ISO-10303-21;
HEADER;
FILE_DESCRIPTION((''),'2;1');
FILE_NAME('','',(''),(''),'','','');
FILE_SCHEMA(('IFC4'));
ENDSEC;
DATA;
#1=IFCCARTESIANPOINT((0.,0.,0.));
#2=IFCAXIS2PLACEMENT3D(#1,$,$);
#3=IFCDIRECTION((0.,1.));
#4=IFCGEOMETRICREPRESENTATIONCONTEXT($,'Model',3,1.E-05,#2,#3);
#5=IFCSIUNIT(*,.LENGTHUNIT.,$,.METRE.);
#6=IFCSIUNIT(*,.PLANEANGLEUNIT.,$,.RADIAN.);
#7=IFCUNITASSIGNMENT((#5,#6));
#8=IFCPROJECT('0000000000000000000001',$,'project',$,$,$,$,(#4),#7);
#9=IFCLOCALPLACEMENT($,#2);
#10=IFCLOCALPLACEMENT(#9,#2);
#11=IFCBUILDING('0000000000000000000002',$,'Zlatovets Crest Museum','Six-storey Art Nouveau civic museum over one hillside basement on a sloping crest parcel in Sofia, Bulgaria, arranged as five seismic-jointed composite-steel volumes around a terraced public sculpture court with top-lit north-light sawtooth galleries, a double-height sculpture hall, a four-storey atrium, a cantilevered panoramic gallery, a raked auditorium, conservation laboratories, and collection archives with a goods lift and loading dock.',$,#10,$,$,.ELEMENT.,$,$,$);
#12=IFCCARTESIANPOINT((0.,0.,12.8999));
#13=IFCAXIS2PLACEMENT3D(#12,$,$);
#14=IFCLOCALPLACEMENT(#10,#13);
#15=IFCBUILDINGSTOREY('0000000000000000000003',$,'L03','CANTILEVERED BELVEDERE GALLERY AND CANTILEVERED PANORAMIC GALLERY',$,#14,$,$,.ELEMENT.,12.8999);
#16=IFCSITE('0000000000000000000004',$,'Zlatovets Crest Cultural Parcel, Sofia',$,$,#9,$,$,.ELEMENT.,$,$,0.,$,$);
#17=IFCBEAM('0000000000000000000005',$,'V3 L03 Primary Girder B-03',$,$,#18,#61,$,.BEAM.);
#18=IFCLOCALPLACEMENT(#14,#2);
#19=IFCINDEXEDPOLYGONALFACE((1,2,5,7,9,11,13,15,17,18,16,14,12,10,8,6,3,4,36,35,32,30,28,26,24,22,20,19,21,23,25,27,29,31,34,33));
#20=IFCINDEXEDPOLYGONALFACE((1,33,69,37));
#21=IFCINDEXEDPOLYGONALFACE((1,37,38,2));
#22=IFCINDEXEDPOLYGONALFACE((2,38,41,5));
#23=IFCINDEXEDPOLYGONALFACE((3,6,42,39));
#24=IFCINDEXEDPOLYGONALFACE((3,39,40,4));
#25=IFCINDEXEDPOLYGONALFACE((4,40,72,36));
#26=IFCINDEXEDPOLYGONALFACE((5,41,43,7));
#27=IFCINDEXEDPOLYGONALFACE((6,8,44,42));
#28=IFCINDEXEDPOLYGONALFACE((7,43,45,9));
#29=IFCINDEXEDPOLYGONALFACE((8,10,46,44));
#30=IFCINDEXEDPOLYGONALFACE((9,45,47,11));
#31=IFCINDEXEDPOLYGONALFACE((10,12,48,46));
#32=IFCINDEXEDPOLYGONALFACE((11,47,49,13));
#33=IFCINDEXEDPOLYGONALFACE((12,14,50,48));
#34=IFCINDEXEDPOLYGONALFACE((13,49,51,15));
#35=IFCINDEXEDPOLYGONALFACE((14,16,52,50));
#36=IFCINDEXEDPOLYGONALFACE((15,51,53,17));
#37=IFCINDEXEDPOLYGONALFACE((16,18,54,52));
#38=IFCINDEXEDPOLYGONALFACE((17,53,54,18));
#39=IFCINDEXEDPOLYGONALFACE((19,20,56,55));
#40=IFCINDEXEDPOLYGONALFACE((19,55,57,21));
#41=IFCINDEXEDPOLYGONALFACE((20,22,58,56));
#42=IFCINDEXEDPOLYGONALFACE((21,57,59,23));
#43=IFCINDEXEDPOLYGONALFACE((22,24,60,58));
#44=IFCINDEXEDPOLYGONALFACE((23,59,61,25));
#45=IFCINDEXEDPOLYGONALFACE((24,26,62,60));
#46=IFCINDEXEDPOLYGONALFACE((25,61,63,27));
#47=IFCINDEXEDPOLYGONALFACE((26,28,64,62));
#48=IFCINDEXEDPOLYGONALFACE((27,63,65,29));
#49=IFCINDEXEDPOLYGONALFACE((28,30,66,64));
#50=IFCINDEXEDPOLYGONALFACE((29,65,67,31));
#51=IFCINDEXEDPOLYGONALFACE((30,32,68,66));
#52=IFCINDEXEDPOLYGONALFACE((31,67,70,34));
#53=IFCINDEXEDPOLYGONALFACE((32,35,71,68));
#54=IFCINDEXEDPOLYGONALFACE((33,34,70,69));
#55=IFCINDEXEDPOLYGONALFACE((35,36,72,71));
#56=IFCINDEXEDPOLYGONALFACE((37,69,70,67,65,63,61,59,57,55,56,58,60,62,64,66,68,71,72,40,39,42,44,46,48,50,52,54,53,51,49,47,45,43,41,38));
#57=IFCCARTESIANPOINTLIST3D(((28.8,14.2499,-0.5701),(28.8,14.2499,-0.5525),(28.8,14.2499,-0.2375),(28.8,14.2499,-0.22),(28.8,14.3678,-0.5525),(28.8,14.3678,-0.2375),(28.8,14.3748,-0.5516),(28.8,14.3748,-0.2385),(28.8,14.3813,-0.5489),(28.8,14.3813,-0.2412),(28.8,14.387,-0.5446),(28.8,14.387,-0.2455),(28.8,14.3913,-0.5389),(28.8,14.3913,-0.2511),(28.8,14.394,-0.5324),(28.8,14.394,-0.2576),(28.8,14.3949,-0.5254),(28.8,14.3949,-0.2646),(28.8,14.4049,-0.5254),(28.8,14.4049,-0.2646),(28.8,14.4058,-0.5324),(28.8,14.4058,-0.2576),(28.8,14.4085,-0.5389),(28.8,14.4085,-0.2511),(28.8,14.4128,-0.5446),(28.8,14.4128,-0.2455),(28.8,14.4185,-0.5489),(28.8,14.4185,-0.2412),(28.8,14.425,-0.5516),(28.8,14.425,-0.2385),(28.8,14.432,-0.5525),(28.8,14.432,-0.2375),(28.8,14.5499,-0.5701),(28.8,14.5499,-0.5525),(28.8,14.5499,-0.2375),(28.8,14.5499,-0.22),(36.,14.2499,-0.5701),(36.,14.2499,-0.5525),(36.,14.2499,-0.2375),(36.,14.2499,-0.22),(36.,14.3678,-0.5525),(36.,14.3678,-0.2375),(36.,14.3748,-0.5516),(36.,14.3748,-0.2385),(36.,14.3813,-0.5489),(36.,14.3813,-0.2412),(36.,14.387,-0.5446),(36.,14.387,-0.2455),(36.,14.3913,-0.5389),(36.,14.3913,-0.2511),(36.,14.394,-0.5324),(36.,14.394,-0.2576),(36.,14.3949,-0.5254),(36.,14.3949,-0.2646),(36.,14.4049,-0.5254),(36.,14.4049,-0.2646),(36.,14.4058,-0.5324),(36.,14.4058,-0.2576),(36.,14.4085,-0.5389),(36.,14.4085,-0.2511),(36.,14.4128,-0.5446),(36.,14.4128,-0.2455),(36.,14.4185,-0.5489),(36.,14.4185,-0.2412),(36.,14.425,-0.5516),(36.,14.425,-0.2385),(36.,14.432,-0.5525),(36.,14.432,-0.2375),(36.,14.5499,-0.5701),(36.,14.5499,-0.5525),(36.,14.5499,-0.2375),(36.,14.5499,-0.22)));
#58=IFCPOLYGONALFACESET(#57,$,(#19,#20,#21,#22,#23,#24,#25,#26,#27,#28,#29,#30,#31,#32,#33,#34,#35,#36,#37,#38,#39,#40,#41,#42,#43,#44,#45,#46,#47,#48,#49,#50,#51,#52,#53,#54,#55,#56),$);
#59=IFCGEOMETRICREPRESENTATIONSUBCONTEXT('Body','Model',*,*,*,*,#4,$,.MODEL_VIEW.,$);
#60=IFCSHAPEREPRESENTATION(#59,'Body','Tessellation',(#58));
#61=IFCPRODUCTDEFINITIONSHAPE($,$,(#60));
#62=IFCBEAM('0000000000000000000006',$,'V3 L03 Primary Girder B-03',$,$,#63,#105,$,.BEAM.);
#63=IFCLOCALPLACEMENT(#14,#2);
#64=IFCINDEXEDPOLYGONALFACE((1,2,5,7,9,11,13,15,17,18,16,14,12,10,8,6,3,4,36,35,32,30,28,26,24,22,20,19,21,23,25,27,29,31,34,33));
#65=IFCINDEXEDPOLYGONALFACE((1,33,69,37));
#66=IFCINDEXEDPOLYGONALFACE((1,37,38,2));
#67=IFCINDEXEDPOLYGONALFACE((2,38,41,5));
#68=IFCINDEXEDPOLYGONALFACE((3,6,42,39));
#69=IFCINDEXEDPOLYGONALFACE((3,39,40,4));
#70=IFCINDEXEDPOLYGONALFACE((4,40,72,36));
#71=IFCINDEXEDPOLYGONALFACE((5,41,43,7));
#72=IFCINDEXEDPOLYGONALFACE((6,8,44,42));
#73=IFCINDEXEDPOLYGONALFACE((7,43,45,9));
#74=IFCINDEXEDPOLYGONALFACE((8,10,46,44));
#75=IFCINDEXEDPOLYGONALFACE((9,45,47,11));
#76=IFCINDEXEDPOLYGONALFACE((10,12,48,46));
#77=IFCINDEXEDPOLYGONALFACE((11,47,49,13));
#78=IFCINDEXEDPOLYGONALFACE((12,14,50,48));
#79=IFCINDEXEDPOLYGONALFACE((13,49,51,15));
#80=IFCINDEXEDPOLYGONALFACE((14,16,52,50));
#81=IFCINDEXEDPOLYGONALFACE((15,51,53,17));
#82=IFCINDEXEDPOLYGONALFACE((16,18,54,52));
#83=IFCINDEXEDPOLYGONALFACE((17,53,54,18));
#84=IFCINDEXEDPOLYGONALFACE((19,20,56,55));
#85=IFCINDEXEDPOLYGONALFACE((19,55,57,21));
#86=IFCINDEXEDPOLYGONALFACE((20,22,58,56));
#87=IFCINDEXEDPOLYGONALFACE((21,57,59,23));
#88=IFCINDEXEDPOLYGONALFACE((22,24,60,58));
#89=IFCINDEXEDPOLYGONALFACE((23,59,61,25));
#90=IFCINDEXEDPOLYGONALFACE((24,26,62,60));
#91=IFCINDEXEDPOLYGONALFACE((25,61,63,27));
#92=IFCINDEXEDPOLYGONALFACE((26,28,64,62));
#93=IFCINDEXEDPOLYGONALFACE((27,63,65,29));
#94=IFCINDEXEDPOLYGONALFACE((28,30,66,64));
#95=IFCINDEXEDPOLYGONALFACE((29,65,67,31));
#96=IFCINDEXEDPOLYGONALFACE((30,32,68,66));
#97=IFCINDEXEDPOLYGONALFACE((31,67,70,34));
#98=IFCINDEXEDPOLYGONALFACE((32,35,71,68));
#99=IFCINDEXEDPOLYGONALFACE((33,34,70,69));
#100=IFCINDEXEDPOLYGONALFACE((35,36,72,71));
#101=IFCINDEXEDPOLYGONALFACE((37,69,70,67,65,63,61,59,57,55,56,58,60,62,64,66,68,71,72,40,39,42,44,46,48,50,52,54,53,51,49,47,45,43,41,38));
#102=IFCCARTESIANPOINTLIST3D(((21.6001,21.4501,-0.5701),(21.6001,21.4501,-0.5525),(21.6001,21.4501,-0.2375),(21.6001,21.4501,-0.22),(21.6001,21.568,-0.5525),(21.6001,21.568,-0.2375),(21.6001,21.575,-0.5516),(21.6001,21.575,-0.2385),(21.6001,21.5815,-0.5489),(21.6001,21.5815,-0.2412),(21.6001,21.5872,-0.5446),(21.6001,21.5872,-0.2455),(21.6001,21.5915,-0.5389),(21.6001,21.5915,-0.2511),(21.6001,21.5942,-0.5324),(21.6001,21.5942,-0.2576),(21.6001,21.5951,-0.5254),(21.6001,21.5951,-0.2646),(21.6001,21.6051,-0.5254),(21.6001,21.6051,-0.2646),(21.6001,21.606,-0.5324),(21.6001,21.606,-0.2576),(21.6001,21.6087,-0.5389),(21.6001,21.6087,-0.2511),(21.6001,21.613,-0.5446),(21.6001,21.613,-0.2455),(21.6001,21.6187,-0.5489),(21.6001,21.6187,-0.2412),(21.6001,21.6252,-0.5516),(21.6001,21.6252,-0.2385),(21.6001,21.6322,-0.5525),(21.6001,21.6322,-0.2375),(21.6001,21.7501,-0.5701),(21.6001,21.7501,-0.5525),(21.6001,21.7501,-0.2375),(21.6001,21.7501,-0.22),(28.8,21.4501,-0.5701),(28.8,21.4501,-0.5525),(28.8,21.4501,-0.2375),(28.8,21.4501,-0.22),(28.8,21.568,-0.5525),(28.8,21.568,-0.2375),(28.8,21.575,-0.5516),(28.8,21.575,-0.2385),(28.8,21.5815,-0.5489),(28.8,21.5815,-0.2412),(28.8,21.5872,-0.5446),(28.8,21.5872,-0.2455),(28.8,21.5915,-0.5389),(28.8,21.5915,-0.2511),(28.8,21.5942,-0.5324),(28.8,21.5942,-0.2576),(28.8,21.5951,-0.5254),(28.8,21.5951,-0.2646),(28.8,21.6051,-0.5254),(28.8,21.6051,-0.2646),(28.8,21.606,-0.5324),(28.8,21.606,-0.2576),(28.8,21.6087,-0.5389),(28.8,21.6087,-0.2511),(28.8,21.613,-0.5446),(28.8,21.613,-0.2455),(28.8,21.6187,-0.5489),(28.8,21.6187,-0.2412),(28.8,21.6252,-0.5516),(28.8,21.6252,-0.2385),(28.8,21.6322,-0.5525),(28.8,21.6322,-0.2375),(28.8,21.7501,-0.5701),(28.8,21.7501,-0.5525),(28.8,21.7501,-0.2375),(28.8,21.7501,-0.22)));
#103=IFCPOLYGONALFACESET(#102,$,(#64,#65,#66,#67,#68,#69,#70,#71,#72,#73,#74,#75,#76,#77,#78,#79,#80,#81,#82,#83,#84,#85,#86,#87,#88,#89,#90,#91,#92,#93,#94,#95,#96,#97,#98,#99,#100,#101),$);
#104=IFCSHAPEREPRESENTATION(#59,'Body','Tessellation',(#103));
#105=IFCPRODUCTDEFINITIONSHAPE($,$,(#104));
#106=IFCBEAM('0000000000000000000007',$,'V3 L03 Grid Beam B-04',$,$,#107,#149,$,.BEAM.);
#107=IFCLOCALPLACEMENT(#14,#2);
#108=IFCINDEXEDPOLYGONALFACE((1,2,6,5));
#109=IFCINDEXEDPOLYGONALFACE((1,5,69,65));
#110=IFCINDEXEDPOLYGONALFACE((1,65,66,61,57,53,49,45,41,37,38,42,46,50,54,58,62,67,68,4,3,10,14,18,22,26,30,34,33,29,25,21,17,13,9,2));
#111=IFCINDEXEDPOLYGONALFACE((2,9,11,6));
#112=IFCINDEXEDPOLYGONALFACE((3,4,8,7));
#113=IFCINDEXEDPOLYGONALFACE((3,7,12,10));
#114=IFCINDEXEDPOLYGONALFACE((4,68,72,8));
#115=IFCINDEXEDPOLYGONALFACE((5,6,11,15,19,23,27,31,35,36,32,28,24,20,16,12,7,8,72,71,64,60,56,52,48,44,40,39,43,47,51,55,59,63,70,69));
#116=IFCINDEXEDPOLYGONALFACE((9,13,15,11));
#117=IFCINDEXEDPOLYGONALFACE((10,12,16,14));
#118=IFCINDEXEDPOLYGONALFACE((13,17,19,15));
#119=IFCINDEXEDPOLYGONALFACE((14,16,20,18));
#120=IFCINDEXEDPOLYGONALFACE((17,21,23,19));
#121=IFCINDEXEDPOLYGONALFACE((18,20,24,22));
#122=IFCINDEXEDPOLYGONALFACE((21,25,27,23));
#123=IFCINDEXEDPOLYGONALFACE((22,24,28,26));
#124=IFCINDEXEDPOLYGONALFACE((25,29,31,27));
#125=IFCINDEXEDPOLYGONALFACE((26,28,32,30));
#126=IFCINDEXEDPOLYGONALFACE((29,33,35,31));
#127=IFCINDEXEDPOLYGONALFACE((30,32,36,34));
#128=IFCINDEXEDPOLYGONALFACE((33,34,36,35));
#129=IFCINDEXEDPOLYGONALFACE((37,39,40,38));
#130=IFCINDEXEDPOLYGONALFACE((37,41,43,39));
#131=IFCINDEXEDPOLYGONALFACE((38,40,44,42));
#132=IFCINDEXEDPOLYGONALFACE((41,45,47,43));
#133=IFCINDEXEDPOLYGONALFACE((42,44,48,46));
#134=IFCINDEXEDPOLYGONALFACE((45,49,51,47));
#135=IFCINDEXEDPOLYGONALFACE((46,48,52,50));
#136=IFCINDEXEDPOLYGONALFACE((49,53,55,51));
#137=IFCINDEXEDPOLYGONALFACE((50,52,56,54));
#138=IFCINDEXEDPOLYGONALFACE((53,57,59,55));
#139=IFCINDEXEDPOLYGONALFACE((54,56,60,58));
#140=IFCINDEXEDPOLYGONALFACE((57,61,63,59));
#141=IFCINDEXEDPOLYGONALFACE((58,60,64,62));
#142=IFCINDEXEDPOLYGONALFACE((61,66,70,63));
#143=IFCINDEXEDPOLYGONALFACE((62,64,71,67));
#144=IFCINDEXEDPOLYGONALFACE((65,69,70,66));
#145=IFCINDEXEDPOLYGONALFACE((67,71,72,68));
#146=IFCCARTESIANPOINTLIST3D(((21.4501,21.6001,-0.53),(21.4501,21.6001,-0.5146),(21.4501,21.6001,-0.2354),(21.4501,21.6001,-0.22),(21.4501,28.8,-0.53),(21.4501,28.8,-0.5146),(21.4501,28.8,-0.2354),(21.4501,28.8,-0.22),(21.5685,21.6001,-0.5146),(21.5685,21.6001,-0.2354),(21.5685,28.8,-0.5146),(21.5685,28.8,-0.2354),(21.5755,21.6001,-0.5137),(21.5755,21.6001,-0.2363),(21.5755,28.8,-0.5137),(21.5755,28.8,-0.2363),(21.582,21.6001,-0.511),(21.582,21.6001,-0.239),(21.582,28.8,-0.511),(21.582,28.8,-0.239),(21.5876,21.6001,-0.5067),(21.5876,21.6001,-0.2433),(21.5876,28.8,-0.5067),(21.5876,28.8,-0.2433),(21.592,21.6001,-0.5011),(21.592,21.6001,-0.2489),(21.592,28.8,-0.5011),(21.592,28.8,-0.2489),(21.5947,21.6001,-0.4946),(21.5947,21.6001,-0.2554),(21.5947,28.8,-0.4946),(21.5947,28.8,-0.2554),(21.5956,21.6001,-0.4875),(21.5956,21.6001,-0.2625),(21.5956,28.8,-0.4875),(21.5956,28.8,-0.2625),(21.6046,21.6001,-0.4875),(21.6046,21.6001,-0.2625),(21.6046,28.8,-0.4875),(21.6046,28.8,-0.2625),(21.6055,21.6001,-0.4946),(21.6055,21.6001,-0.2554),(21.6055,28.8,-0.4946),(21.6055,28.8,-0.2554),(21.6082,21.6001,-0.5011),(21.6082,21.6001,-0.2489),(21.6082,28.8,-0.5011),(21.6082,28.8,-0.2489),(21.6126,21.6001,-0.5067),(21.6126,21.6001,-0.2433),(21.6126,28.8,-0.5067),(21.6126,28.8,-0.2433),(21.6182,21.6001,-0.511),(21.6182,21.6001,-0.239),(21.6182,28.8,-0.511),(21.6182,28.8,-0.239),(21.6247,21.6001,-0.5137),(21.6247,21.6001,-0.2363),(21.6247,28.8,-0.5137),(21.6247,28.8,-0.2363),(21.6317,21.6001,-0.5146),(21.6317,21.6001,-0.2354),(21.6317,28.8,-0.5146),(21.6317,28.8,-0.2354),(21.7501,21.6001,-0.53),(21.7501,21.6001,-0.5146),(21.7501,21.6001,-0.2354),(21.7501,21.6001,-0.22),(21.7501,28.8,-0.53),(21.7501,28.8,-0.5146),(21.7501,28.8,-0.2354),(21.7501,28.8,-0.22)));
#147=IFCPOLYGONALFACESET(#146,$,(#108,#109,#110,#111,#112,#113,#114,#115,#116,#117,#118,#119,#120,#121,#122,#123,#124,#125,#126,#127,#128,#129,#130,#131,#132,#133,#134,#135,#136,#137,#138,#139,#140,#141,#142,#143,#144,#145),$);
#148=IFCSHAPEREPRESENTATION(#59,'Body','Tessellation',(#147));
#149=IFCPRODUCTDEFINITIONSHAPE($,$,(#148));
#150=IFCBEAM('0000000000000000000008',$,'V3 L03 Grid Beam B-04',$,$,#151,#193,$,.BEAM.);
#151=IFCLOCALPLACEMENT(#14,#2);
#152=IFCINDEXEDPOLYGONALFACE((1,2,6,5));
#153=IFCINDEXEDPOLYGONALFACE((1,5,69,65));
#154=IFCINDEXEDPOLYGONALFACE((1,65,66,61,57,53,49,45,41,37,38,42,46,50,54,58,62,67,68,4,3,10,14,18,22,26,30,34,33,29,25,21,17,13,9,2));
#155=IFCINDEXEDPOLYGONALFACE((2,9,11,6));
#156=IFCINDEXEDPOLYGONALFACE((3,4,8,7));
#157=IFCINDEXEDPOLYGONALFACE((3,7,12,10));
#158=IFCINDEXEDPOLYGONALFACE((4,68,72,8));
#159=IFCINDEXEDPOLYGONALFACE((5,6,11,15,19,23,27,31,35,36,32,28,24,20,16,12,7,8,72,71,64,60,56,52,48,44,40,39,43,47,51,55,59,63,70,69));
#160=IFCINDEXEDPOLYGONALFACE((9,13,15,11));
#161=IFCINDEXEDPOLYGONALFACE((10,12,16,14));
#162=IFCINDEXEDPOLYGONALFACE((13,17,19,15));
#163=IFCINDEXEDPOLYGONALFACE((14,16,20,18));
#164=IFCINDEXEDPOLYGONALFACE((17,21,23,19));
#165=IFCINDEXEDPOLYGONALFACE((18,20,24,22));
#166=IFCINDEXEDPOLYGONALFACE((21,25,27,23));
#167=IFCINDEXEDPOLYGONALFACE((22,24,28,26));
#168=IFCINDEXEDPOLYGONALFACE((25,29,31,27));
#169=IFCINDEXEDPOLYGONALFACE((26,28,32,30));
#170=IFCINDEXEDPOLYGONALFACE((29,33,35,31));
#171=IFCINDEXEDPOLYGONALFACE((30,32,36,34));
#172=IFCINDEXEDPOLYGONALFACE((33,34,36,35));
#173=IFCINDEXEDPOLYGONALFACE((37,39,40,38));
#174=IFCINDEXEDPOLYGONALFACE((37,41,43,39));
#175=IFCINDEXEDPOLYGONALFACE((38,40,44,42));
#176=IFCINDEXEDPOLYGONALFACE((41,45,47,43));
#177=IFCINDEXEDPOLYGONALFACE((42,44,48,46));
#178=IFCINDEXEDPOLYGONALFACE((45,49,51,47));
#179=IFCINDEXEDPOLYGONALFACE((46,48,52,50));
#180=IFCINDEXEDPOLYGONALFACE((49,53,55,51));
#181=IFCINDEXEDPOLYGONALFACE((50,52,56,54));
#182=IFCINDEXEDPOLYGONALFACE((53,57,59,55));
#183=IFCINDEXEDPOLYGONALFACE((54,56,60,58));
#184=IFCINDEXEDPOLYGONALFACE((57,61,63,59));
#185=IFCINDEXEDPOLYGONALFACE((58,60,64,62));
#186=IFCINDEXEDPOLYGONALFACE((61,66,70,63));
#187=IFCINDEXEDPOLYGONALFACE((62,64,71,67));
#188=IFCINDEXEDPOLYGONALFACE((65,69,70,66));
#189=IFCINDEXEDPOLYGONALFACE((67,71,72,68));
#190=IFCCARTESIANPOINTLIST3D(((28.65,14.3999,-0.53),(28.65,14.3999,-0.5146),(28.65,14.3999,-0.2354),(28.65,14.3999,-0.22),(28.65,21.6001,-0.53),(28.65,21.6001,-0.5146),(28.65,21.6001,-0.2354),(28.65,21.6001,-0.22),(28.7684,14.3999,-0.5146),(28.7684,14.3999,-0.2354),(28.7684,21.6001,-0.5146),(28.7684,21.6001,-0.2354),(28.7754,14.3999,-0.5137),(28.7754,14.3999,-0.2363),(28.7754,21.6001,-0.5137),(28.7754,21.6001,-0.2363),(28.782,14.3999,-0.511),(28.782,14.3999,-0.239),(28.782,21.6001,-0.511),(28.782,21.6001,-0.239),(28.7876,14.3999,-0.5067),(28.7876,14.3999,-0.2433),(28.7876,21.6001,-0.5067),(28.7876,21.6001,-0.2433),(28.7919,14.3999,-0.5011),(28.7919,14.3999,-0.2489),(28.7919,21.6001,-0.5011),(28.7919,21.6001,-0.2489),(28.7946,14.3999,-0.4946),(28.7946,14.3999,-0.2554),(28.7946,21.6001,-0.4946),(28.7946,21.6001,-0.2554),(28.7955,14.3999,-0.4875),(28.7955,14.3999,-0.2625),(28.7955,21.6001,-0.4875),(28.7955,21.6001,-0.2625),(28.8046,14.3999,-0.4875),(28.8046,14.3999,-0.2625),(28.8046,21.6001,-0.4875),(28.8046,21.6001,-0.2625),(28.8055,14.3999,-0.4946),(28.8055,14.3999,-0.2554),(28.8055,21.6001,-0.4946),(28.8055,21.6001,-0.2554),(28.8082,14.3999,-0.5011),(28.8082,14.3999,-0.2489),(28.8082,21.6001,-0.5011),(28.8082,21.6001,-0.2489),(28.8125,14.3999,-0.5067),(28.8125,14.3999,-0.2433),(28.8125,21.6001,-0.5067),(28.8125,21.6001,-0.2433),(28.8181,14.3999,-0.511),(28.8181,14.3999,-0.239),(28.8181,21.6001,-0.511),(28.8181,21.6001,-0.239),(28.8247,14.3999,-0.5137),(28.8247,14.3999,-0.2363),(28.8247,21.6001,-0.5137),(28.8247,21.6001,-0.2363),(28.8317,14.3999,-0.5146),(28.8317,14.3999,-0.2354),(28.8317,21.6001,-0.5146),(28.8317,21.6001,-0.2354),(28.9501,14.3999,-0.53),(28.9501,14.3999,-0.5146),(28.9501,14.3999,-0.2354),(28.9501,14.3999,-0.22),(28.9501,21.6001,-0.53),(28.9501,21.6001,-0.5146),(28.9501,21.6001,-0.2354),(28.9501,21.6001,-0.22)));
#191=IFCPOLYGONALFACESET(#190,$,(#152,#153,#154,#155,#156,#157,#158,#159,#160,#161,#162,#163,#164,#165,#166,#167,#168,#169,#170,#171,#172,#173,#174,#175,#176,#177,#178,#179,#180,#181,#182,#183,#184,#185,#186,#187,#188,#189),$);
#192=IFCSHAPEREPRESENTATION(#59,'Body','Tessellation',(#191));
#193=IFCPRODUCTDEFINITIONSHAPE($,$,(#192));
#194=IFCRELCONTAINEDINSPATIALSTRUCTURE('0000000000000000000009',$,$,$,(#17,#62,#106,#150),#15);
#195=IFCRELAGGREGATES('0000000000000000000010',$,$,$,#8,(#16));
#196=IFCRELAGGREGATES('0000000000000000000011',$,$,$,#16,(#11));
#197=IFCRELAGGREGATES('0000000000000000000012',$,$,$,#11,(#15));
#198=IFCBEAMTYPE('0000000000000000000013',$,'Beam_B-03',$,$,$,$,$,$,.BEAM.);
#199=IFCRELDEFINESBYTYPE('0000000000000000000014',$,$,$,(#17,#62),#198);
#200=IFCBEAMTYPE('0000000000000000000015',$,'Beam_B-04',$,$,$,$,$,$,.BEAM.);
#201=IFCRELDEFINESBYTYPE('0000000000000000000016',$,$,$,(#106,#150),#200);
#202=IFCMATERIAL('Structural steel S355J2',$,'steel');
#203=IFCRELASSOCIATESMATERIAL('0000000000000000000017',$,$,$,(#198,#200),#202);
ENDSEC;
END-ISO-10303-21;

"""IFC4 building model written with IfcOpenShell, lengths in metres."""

from ifc_helpers import new_model, si_unit, direction, frame, origin, origin_2d, place, context, subcontext, project, spatial, i_section, extrude, material, material_profile, profile_set, type_object, element, save


model = new_model("IFC4")

# Units and contexts
model_context = context("Model", 3, precision=1e-05, world=origin(), true_north=direction((0.0, 1.0)))
body_context = subcontext(model_context, "Body", "Model", "MODEL_VIEW")
ifc_project = project(units=[si_unit("LENGTHUNIT", "METRE"), si_unit("PLANEANGLEUNIT", "RADIAN")], contexts=[model_context])

# Site, building, storey
site_placement = place(None, origin())
site = spatial("IfcSite", under=ifc_project, at=site_placement, Name="Zlatovets Crest Cultural Parcel, Sofia", CompositionType="ELEMENT", RefElevation=0.0)
building_placement = place(site_placement, origin())
building = spatial("IfcBuilding", under=site, at=building_placement, Name="Zlatovets Crest Museum", Description="Six-storey Art Nouveau civic museum over one hillside basement on a sloping crest parcel in Sofia, Bulgaria, arranged as five seismic-jointed composite-steel volumes around a terraced public sculpture court with top-lit north-light sawtooth galleries, a double-height sculpture hall, a four-storey atrium, a cantilevered panoramic gallery, a raked auditorium, conservation laboratories, and collection archives with a goods lift and loading dock.", CompositionType="ELEMENT")
storey_placement = place(building_placement, frame((0.0, 0.0, 12.8999)))
storey = spatial("IfcBuildingStorey", under=building, at=storey_placement, Name="L03", Description="CANTILEVERED BELVEDERE GALLERY AND CANTILEVERED PANORAMIC GALLERY", CompositionType="ELEMENT", Elevation=12.8999)

# Beams
ifc_material_1 = material(Name="Structural steel S355J2", Category="steel")
ifc_material_profile_1 = material_profile(ifc_material_1, i_section(OverallWidth=0.3, OverallDepth=0.3501, WebThickness=0.01, FlangeThickness=0.0176, FilletRadius=0.0271, at=origin_2d()), Name="HEA 360")
ifc_profile_set_1 = profile_set([ifc_material_profile_1], Name="Structural steel S355J2")
beam_type_1 = type_object("IfcBeamType", Name="Beam_B-03", PredefinedType="BEAM", material=ifc_profile_set_1)
for number, where, z_axis, x_axis, name in (
    (1, (28.8, 14.3999, -0.395), (1.0, 0.0, 0.0), (0.0, 1.0, 0.0), "V3 L03 Primary Girder B-03"),
    (2, (21.6001, 21.6001, -0.395), (1.0, 0.0, 0.0), (0.0, 1.0, 0.0), "V3 L03 Primary Girder B-03"),
):
    element("IfcBeam", number, at=place(storey_placement, frame(where, z_axis=z_axis, x_axis=x_axis)), inside=storey, type_object=beam_type_1, Name=name, PredefinedType="BEAM", context=body_context, shape_type="SweptSolid", body=[
        extrude(i_section(OverallWidth=0.3, OverallDepth=0.3501, WebThickness=0.01, FlangeThickness=0.0176, FilletRadius=0.0271, at=origin_2d()), origin(), (0.0, 0.0, 1.0), 7.2),
    ])
ifc_material_profile_2 = material_profile(ifc_material_1, i_section(OverallWidth=0.3, OverallDepth=0.3101, WebThickness=0.009, FlangeThickness=0.0154, FilletRadius=0.0271, at=origin_2d()), Name="HEA 320")
ifc_profile_set_2 = profile_set([ifc_material_profile_2], Name="Structural steel S355J2")
beam_type_2 = type_object("IfcBeamType", Name="Beam_B-04", PredefinedType="BEAM", material=ifc_profile_set_2)
beam_1_placement = place(storey_placement, frame((21.6001, 21.6001, -0.375), z_axis=(0.0, 1.0, 0.0), x_axis=(-1.0, 0.0, 0.0)))
element("IfcBeam", 3, at=beam_1_placement, inside=storey, type_object=beam_type_2, Name="V3 L03 Grid Beam B-04", PredefinedType="BEAM", context=body_context, shape_type="SweptSolid", body=[
    extrude(i_section(OverallWidth=0.3, OverallDepth=0.3101, WebThickness=0.009, FlangeThickness=0.0154, FilletRadius=0.0271, at=origin_2d()), origin(), (0.0, 0.0, 1.0), 7.2),
])
beam_2_placement = place(storey_placement, frame((28.8, 14.3999, -0.375), z_axis=(0.0, 1.0, 0.0), x_axis=(-1.0, 0.0, 0.0)))
element("IfcBeam", 4, at=beam_2_placement, inside=storey, type_object=beam_type_2, Name="V3 L03 Grid Beam B-04", PredefinedType="BEAM", context=body_context, shape_type="SweptSolid", body=[
    extrude(i_section(OverallWidth=0.3, OverallDepth=0.3101, WebThickness=0.009, FlangeThickness=0.0154, FilletRadius=0.0271, at=origin_2d()), origin(), (0.0, 0.0, 1.0), 7.2002),
])

save(model, "model.ifc")
